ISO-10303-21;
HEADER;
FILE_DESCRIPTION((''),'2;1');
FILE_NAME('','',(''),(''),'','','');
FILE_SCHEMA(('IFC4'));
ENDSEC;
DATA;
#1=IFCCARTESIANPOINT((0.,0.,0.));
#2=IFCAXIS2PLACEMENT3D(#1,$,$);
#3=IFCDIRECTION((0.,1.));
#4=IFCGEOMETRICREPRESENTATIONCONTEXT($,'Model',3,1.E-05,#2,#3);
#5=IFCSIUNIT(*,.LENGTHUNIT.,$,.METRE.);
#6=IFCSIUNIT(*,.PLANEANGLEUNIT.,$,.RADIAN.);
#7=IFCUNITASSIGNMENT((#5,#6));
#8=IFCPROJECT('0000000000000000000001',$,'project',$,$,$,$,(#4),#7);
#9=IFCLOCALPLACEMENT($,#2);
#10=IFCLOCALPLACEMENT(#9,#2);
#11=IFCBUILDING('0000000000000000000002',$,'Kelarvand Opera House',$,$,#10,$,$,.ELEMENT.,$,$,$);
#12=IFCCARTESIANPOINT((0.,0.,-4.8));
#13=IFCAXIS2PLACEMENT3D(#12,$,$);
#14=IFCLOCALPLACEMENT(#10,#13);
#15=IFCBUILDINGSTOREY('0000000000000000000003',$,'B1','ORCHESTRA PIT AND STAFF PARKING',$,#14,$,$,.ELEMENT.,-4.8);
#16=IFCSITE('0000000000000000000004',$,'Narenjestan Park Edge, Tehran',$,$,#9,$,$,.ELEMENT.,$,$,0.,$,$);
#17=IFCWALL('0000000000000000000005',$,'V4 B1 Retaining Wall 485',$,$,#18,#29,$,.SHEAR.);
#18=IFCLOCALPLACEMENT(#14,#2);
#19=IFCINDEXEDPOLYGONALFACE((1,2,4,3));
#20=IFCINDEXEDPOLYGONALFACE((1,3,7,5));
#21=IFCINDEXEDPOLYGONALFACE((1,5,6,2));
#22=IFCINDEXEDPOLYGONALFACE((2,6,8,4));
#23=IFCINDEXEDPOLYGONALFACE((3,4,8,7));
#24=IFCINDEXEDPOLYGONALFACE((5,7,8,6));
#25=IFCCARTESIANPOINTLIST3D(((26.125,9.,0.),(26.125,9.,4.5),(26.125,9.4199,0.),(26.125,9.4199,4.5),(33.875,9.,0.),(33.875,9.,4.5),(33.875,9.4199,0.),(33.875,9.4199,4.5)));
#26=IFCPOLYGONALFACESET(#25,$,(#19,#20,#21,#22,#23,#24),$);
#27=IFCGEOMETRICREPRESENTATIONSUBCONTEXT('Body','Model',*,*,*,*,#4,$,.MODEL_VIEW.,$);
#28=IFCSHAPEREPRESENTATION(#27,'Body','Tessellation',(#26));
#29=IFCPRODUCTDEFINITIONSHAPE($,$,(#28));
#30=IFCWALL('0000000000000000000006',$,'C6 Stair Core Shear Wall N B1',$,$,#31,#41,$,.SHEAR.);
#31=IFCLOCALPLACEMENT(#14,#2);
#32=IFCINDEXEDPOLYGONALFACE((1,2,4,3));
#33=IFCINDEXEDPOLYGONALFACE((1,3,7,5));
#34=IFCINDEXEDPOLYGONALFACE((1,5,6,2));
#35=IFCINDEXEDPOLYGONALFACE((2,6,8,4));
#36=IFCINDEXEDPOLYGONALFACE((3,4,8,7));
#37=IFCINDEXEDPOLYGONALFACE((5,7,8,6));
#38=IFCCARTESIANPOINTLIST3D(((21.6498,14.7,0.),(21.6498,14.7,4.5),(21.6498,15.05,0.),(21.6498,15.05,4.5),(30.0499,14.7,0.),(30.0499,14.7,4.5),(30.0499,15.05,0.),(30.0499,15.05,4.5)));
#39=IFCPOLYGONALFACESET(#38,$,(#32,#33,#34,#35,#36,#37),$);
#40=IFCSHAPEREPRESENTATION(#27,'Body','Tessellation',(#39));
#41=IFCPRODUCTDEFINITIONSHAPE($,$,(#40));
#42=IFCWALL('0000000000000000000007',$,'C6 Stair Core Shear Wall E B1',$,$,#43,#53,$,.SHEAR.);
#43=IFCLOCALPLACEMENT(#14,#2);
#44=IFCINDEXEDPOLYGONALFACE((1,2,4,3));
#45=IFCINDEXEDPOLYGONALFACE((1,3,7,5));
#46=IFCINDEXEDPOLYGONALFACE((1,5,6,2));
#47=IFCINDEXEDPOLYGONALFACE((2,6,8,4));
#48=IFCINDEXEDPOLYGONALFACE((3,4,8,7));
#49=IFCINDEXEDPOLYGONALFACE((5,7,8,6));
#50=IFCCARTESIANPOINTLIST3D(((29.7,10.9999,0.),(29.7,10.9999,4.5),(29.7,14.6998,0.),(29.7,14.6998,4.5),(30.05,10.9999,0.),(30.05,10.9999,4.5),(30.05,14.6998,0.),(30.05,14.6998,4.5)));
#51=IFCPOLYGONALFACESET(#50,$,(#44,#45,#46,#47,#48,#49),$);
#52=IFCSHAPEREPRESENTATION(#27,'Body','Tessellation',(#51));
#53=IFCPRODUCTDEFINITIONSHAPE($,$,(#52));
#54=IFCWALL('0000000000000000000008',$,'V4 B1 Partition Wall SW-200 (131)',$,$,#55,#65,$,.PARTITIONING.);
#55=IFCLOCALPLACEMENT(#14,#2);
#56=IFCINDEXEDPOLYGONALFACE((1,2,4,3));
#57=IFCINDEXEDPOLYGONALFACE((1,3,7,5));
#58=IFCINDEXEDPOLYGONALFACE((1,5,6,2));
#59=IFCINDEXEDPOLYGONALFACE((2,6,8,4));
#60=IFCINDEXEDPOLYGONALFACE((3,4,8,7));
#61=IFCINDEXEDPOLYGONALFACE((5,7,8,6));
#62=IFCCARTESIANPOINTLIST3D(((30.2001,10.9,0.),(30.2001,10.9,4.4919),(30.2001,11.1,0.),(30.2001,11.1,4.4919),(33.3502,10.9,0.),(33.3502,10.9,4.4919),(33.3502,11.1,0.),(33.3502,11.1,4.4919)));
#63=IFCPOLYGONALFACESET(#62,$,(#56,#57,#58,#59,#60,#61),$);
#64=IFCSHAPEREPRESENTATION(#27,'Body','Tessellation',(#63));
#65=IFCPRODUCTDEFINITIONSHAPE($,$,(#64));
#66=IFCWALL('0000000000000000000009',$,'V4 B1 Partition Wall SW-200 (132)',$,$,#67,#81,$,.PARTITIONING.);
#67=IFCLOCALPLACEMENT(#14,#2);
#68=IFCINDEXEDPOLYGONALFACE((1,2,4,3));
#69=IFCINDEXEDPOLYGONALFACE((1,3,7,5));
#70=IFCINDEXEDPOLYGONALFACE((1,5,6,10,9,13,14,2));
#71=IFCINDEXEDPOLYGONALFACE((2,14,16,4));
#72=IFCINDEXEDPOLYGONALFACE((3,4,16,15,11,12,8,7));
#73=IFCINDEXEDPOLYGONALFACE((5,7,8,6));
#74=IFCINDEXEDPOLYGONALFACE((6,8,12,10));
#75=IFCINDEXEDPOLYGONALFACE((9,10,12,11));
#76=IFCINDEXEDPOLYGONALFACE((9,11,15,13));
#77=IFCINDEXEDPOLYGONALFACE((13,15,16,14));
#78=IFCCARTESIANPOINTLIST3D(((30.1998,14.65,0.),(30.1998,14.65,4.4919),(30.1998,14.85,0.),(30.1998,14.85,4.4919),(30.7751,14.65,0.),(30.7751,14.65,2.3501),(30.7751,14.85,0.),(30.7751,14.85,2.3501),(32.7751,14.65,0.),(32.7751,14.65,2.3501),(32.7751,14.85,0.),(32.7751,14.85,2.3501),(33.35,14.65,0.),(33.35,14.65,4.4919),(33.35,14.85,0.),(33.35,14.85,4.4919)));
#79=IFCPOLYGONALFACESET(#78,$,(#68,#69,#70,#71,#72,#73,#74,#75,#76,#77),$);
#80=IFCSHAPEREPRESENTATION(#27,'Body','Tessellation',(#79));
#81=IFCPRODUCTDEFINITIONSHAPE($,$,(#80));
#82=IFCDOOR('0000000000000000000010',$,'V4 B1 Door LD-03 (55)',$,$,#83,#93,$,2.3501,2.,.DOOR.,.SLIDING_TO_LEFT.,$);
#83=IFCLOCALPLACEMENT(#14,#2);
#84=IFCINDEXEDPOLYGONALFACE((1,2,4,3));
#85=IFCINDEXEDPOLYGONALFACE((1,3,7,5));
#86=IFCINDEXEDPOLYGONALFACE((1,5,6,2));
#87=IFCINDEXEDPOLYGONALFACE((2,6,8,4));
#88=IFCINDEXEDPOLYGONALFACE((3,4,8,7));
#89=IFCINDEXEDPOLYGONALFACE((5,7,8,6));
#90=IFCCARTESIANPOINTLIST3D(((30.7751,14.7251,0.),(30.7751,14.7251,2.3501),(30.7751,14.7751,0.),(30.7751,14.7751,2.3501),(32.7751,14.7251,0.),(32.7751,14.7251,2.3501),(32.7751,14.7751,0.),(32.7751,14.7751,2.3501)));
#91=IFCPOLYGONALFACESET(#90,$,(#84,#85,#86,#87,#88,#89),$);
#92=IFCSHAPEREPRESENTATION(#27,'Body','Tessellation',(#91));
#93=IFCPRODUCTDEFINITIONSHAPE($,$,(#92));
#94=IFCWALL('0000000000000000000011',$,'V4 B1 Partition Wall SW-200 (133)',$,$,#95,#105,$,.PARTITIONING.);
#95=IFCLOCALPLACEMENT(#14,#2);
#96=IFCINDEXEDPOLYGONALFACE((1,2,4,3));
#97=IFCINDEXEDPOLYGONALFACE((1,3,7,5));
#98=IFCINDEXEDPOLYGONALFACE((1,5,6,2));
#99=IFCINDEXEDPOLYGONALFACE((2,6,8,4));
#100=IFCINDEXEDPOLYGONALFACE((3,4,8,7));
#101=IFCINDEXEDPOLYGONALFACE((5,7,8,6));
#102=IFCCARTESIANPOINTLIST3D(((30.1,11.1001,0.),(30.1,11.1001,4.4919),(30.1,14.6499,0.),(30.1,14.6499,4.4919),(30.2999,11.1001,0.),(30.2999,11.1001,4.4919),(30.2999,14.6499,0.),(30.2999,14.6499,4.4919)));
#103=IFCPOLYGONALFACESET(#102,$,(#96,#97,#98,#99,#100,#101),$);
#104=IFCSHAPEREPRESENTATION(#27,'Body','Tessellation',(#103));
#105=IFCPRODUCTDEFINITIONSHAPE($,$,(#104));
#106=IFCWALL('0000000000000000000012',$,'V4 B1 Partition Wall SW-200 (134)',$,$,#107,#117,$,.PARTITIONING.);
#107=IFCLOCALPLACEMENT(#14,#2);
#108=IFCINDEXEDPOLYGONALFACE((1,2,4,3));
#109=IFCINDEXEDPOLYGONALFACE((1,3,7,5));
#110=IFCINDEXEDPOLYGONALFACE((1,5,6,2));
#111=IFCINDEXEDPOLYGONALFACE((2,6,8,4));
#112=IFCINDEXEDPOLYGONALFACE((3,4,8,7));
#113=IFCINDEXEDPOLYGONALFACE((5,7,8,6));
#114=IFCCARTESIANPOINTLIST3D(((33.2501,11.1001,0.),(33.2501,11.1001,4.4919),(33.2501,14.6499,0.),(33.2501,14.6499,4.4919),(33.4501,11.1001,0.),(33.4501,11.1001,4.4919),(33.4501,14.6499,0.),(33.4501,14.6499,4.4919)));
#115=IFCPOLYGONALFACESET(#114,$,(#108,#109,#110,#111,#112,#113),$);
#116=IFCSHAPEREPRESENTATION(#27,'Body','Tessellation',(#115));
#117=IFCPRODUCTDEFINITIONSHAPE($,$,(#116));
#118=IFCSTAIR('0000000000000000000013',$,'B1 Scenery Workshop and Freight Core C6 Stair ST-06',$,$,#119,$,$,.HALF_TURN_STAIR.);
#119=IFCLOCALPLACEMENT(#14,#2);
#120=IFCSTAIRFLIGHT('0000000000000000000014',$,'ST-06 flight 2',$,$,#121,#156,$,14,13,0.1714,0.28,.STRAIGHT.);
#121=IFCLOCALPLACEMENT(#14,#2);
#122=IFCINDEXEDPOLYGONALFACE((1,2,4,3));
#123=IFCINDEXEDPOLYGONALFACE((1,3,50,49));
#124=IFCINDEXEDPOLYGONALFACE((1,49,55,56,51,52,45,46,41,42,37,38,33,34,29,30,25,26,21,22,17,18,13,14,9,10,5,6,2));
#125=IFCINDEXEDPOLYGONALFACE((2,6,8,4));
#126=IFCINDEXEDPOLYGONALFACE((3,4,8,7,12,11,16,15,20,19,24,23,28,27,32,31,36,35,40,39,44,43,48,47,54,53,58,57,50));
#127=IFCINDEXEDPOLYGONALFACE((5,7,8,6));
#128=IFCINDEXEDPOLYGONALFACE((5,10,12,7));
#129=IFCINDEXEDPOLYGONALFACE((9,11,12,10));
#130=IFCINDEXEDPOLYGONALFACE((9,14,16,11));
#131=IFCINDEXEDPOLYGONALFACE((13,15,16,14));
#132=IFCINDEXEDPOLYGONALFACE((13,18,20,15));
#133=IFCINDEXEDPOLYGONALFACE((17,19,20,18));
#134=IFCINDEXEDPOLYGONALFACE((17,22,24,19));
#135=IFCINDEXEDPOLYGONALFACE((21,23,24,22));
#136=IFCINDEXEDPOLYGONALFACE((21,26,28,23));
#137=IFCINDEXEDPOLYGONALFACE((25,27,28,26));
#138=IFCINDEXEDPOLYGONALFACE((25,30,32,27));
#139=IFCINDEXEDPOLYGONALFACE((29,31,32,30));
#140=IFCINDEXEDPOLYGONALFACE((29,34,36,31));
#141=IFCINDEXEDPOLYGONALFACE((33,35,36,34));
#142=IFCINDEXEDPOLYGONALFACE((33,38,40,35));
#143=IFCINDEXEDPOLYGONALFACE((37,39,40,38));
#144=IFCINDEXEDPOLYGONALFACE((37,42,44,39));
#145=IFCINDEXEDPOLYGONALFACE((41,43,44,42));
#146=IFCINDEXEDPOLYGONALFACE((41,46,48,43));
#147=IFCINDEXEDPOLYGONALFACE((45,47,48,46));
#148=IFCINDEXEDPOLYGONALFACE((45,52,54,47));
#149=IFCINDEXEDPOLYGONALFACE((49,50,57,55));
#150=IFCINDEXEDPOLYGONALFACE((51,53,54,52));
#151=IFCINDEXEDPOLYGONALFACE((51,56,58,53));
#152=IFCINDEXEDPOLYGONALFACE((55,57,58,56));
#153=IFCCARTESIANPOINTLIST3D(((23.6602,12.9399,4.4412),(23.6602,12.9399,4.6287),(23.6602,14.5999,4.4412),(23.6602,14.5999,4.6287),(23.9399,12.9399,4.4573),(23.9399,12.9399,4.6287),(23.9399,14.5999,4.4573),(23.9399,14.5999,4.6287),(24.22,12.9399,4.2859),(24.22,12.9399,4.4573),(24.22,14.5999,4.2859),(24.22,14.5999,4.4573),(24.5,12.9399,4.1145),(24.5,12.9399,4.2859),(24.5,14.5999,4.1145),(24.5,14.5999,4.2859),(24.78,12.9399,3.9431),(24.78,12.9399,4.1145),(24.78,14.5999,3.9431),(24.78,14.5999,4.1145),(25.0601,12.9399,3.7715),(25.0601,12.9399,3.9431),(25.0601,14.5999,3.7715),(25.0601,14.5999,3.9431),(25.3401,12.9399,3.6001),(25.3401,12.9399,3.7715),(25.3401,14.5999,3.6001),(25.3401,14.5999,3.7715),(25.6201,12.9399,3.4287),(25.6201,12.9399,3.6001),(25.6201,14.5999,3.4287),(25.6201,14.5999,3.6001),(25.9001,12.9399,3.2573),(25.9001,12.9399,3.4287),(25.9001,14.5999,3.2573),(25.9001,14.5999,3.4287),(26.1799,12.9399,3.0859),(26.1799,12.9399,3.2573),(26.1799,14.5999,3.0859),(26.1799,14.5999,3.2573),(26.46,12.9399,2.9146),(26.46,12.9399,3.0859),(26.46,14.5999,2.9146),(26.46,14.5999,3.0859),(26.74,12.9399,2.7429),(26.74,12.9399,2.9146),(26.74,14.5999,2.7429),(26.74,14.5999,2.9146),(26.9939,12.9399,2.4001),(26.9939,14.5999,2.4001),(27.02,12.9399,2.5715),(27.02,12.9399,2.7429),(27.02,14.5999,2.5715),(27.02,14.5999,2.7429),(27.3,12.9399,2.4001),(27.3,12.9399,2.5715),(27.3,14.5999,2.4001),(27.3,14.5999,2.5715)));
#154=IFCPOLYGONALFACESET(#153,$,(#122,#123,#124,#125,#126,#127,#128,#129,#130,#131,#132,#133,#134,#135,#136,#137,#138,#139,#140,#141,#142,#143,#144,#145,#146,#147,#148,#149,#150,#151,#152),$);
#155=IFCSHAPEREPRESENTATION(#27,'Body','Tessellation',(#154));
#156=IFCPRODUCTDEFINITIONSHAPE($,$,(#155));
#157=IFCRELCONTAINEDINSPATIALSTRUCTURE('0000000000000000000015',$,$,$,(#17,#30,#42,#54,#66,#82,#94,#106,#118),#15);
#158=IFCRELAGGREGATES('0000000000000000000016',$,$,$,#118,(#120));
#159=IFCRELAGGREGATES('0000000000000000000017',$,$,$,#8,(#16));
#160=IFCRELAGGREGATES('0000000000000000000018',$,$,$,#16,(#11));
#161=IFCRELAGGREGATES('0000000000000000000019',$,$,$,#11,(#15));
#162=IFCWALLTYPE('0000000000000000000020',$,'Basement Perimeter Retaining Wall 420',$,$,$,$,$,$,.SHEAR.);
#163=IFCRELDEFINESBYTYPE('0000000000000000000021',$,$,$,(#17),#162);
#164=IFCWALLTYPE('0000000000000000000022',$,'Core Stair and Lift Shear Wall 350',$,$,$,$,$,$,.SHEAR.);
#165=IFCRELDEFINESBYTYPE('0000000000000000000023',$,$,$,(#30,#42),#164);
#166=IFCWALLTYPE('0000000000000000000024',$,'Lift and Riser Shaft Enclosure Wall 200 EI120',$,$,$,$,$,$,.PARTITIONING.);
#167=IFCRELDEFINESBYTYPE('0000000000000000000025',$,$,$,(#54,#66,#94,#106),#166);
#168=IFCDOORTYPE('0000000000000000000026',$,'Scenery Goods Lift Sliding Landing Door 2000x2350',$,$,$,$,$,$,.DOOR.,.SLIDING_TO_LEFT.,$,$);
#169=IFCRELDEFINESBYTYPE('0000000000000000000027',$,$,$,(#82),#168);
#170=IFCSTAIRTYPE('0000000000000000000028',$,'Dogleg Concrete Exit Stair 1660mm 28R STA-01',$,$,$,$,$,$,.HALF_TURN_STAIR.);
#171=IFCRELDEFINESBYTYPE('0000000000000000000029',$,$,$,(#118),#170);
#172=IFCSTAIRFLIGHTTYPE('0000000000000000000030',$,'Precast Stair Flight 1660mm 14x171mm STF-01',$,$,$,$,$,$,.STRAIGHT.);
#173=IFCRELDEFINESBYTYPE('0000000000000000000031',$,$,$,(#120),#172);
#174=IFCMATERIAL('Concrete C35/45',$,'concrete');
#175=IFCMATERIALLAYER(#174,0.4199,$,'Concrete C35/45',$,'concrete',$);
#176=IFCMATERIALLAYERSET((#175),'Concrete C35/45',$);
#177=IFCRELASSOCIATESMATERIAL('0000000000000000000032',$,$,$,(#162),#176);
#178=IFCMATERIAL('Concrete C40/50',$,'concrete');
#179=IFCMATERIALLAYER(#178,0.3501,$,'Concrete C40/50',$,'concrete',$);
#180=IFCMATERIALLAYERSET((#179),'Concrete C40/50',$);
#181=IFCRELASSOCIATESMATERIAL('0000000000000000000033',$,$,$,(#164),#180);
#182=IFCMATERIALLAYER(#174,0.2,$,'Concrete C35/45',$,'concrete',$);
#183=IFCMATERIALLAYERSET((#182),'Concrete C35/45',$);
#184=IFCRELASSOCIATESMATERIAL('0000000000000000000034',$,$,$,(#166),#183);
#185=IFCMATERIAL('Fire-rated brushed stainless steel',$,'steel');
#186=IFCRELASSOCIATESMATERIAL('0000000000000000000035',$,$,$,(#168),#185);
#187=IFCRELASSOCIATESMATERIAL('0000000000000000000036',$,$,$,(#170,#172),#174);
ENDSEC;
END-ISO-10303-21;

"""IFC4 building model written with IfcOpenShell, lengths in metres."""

from ifc_helpers import new_model, si_unit, direction, frame, frame_2d, origin, place, context, subcontext, project, spatial, polyline, rectangle, outline, extrude, material, layer, layer_set, type_object, element, fill, aggregate, save


model = new_model("IFC4")

# Units and contexts
model_context = context("Model", 3, precision=1e-05, world=origin(), true_north=direction((0.0, 1.0)))
body_context = subcontext(model_context, "Body", "Model", "MODEL_VIEW")
ifc_project = project(units=[si_unit("LENGTHUNIT", "METRE"), si_unit("PLANEANGLEUNIT", "RADIAN")], contexts=[model_context])

# Site, building, storey
site_placement = place(None, origin())
site = spatial("IfcSite", under=ifc_project, at=site_placement, Name="Narenjestan Park Edge, Tehran", CompositionType="ELEMENT", RefElevation=0.0)
building_placement = place(site_placement, origin())
building = spatial("IfcBuilding", under=site, at=building_placement, Name="Kelarvand Opera House", CompositionType="ELEMENT")
storey_placement = place(building_placement, frame((0.0, 0.0, -4.8)))
storey = spatial("IfcBuildingStorey", under=building, at=storey_placement, Name="B1", Description="ORCHESTRA PIT AND STAFF PARKING", CompositionType="ELEMENT", Elevation=-4.8)

# Shared definitions
ifc_material_1 = material(Name="Concrete C40/50", Category="concrete")

# Shared definitions
ifc_material_2 = material(Name="Concrete C35/45", Category="concrete")

# Walls
ifc_layer_1 = layer(ifc_material_2, 0.4199, Name="Concrete C35/45", Category="concrete")
ifc_layer_set_1 = layer_set([ifc_layer_1], Name="Concrete C35/45")
wall_type_1 = type_object("IfcWallType", Name="Basement Perimeter Retaining Wall 420", PredefinedType="SHEAR", material=ifc_layer_set_1)
wall_1_placement = place(storey_placement, frame((33.875, 9.21, 0.0), z_axis=(0.0, 0.0, 1.0), x_axis=(-1.0, 0.0, 0.0)))
element("IfcWall", 1, at=wall_1_placement, inside=storey, type_object=wall_type_1, Name="V4 B1 Retaining Wall 485", PredefinedType="SHEAR", context=body_context, shape_type="SweptSolid", body=[
    extrude(rectangle(XDim=7.75, YDim=0.4199, at=frame_2d((3.875, 0.0))), origin(), (0.0, 0.0, 1.0), 4.5),
])
ifc_layer_2 = layer(ifc_material_1, 0.3501, Name="Concrete C40/50", Category="concrete")
ifc_layer_set_2 = layer_set([ifc_layer_2], Name="Concrete C40/50")
wall_type_2 = type_object("IfcWallType", Name="Core Stair and Lift Shear Wall 350", PredefinedType="SHEAR", material=ifc_layer_set_2)
wall_2_placement = place(storey_placement, frame((30.05, 14.875, 0.0), z_axis=(0.0, 0.0, 1.0), x_axis=(-1.0, 0.0, 0.0)))
element("IfcWall", 2, at=wall_2_placement, inside=storey, type_object=wall_type_2, Name="C6 Stair Core Shear Wall N B1", PredefinedType="SHEAR", context=body_context, shape_type="SweptSolid", body=[
    extrude(rectangle(XDim=8.4001, YDim=0.3501, at=frame_2d((4.2002, 0.0))), origin(), (0.0, 0.0, 1.0), 4.5),
])
wall_3_placement = place(storey_placement, frame((29.875, 14.7, 0.0), z_axis=(0.0, 0.0, 1.0), x_axis=(0.0, -1.0, 0.0)))
element("IfcWall", 3, at=wall_3_placement, inside=storey, type_object=wall_type_2, Name="C6 Stair Core Shear Wall E B1", PredefinedType="SHEAR", context=body_context, shape_type="SweptSolid", body=[
    extrude(rectangle(XDim=3.7, YDim=0.3501, at=frame_2d((1.8501, 0.0))), origin(), (0.0, 0.0, 1.0), 4.5),
])
ifc_layer_3 = layer(ifc_material_2, 0.2, Name="Concrete C35/45", Category="concrete")
ifc_layer_set_3 = layer_set([ifc_layer_3], Name="Concrete C35/45")
wall_type_3 = type_object("IfcWallType", Name="Lift and Riser Shaft Enclosure Wall 200 EI120", PredefinedType="PARTITIONING", material=ifc_layer_set_3)
wall_4_placement = place(storey_placement, frame((30.2, 11.0, 0.0), z_axis=(0.0, 0.0, 1.0), x_axis=(1.0, 0.0, 0.0)))
element("IfcWall", 4, at=wall_4_placement, inside=storey, type_object=wall_type_3, Name="V4 B1 Partition Wall SW-200 (131)", PredefinedType="PARTITIONING", context=body_context, shape_type="SweptSolid", body=[
    extrude(rectangle(XDim=3.1501, YDim=0.2, at=frame_2d((1.5752, 0.0))), origin(), (0.0, 0.0, 1.0), 4.4919),
])

# Wall, opening, door
wall_5_placement = place(storey_placement, frame((33.3501, 14.75, 0.0), z_axis=(0.0, 0.0, 1.0), x_axis=(-1.0, 0.0, 0.0)))
wall_5 = element("IfcWall", 5, at=wall_5_placement, inside=storey, type_object=wall_type_3, Name="V4 B1 Partition Wall SW-200 (132)", PredefinedType="PARTITIONING", context=body_context, shape_type="SweptSolid", body=[
    extrude(rectangle(XDim=3.1501, YDim=0.2, at=frame_2d((1.5752, 0.0))), origin(), (0.0, 0.0, 1.0), 4.4919),
])
opening_placement = place(wall_5_placement, frame((0.575, 0.0, 0.0)))
opening = element("IfcOpeningElement", 6, at=opening_placement, cuts=wall_5, PredefinedType="OPENING", context=body_context, shape_type="SweptSolid", body=[
    extrude(rectangle(XDim=2.0, YDim=2.3501, at=frame_2d((1.0, 1.175))), frame((0.0, 0.1099, 0.0), z_axis=(0.0, -1.0, 0.0), x_axis=(1.0, 0.0, 0.0)), (0.0, 0.0, 1.0), 0.22),
])
ifc_material_3 = material(Name="Fire-rated brushed stainless steel", Category="steel")
door_type = type_object("IfcDoorType", Name="Scenery Goods Lift Sliding Landing Door 2000x2350", OperationType="SLIDING_TO_LEFT", PredefinedType="DOOR", material=ifc_material_3)
door_placement = place(opening_placement, origin())
door = element("IfcDoor", 7, at=door_placement, inside=storey, type_object=door_type, Name="V4 B1 Door LD-03 (55)", OperationType="SLIDING_TO_LEFT", OverallHeight=2.3501, OverallWidth=2.0, PredefinedType="DOOR", context=body_context, shape_type="SweptSolid", body=[
    extrude(rectangle(XDim=2.0, YDim=2.3501, at=frame_2d((1.0, 1.175))), frame((0.0, 0.0249, 0.0), z_axis=(0.0, -1.0, 0.0), x_axis=(1.0, 0.0, 0.0)), (0.0, 0.0, 1.0), 0.05),
])
fill(opening, door)

# Walls
for number, where, z_axis, x_axis, name in (
    (8, (30.2, 11.1001, 0.0), (0.0, 0.0, 1.0), (0.0, 1.0, 0.0), "V4 B1 Partition Wall SW-200 (133)"),
    (9, (33.3501, 14.6499, 0.0), (0.0, 0.0, 1.0), (0.0, -1.0, 0.0), "V4 B1 Partition Wall SW-200 (134)"),
):
    element("IfcWall", number, at=place(storey_placement, frame(where, z_axis=z_axis, x_axis=x_axis)), inside=storey, type_object=wall_type_3, Name=name, PredefinedType="PARTITIONING", context=body_context, shape_type="SweptSolid", body=[
        extrude(rectangle(XDim=3.5498, YDim=0.2, at=frame_2d((1.7749, 0.0))), origin(), (0.0, 0.0, 1.0), 4.4919),
    ])

# Stair, stair flight
stair_type = type_object("IfcStairType", Name="Dogleg Concrete Exit Stair 1660mm 28R STA-01", PredefinedType="HALF_TURN_STAIR", material=ifc_material_2)
stair_placement = place(storey_placement, origin())
stair = element("IfcStair", 10, at=stair_placement, inside=storey, type_object=stair_type, Name="B1 Scenery Workshop and Freight Core C6 Stair ST-06", PredefinedType="HALF_TURN_STAIR")
stair_flight_type = type_object("IfcStairFlightType", Name="Precast Stair Flight 1660mm 14x171mm STF-01", PredefinedType="STRAIGHT", material=ifc_material_2)
stair_flight_placement = place(storey_placement, frame((27.3, 13.77, 2.4001), z_axis=(0.0, 0.0, 1.0), x_axis=(-1.0, 0.0, 0.0)))
stair_flight = element("IfcStairFlight", 11, at=stair_flight_placement, type_object=stair_flight_type, Name="ST-06 flight 2", NumberOfRisers=14, NumberOfTreads=13, PredefinedType="STRAIGHT", RiserHeight=0.1714, TreadLength=0.28, context=body_context, shape_type="SweptSolid", body=[
    extrude(outline(polyline([(0.0, 0.0), (0.0, 0.1714), (0.28, 0.1714), (0.28, 0.3428), (0.5601, 0.3428), (0.5601, 0.5144), (0.8401, 0.5144), (0.8401, 0.6858), (1.1201, 0.6858), (1.1201, 0.8572), (1.3999, 0.8572), (1.3999, 1.0286), (1.6799, 1.0286), (1.6799, 1.2), (1.96, 1.2), (1.96, 1.3713), (2.24, 1.3713), (2.24, 1.543), (2.52, 1.543), (2.52, 1.7144), (2.8, 1.7144), (2.8, 1.8857), (3.0801, 1.8857), (3.0801, 2.0571), (3.3601, 2.0571), (3.3601, 2.2285), (3.6399, 2.2285), (3.6399, 2.3999), (3.6399, 2.041), (0.3062, 0.0), (0.0, 0.0)])), frame((0.0, 0.8301, 0.0), z_axis=(0.0, -1.0, 0.0), x_axis=(1.0, 0.0, 0.0)), (0.0, 0.0, 1.0), 1.6599),
])
aggregate(stair, [stair_flight])

save(model, "model.ifc")
